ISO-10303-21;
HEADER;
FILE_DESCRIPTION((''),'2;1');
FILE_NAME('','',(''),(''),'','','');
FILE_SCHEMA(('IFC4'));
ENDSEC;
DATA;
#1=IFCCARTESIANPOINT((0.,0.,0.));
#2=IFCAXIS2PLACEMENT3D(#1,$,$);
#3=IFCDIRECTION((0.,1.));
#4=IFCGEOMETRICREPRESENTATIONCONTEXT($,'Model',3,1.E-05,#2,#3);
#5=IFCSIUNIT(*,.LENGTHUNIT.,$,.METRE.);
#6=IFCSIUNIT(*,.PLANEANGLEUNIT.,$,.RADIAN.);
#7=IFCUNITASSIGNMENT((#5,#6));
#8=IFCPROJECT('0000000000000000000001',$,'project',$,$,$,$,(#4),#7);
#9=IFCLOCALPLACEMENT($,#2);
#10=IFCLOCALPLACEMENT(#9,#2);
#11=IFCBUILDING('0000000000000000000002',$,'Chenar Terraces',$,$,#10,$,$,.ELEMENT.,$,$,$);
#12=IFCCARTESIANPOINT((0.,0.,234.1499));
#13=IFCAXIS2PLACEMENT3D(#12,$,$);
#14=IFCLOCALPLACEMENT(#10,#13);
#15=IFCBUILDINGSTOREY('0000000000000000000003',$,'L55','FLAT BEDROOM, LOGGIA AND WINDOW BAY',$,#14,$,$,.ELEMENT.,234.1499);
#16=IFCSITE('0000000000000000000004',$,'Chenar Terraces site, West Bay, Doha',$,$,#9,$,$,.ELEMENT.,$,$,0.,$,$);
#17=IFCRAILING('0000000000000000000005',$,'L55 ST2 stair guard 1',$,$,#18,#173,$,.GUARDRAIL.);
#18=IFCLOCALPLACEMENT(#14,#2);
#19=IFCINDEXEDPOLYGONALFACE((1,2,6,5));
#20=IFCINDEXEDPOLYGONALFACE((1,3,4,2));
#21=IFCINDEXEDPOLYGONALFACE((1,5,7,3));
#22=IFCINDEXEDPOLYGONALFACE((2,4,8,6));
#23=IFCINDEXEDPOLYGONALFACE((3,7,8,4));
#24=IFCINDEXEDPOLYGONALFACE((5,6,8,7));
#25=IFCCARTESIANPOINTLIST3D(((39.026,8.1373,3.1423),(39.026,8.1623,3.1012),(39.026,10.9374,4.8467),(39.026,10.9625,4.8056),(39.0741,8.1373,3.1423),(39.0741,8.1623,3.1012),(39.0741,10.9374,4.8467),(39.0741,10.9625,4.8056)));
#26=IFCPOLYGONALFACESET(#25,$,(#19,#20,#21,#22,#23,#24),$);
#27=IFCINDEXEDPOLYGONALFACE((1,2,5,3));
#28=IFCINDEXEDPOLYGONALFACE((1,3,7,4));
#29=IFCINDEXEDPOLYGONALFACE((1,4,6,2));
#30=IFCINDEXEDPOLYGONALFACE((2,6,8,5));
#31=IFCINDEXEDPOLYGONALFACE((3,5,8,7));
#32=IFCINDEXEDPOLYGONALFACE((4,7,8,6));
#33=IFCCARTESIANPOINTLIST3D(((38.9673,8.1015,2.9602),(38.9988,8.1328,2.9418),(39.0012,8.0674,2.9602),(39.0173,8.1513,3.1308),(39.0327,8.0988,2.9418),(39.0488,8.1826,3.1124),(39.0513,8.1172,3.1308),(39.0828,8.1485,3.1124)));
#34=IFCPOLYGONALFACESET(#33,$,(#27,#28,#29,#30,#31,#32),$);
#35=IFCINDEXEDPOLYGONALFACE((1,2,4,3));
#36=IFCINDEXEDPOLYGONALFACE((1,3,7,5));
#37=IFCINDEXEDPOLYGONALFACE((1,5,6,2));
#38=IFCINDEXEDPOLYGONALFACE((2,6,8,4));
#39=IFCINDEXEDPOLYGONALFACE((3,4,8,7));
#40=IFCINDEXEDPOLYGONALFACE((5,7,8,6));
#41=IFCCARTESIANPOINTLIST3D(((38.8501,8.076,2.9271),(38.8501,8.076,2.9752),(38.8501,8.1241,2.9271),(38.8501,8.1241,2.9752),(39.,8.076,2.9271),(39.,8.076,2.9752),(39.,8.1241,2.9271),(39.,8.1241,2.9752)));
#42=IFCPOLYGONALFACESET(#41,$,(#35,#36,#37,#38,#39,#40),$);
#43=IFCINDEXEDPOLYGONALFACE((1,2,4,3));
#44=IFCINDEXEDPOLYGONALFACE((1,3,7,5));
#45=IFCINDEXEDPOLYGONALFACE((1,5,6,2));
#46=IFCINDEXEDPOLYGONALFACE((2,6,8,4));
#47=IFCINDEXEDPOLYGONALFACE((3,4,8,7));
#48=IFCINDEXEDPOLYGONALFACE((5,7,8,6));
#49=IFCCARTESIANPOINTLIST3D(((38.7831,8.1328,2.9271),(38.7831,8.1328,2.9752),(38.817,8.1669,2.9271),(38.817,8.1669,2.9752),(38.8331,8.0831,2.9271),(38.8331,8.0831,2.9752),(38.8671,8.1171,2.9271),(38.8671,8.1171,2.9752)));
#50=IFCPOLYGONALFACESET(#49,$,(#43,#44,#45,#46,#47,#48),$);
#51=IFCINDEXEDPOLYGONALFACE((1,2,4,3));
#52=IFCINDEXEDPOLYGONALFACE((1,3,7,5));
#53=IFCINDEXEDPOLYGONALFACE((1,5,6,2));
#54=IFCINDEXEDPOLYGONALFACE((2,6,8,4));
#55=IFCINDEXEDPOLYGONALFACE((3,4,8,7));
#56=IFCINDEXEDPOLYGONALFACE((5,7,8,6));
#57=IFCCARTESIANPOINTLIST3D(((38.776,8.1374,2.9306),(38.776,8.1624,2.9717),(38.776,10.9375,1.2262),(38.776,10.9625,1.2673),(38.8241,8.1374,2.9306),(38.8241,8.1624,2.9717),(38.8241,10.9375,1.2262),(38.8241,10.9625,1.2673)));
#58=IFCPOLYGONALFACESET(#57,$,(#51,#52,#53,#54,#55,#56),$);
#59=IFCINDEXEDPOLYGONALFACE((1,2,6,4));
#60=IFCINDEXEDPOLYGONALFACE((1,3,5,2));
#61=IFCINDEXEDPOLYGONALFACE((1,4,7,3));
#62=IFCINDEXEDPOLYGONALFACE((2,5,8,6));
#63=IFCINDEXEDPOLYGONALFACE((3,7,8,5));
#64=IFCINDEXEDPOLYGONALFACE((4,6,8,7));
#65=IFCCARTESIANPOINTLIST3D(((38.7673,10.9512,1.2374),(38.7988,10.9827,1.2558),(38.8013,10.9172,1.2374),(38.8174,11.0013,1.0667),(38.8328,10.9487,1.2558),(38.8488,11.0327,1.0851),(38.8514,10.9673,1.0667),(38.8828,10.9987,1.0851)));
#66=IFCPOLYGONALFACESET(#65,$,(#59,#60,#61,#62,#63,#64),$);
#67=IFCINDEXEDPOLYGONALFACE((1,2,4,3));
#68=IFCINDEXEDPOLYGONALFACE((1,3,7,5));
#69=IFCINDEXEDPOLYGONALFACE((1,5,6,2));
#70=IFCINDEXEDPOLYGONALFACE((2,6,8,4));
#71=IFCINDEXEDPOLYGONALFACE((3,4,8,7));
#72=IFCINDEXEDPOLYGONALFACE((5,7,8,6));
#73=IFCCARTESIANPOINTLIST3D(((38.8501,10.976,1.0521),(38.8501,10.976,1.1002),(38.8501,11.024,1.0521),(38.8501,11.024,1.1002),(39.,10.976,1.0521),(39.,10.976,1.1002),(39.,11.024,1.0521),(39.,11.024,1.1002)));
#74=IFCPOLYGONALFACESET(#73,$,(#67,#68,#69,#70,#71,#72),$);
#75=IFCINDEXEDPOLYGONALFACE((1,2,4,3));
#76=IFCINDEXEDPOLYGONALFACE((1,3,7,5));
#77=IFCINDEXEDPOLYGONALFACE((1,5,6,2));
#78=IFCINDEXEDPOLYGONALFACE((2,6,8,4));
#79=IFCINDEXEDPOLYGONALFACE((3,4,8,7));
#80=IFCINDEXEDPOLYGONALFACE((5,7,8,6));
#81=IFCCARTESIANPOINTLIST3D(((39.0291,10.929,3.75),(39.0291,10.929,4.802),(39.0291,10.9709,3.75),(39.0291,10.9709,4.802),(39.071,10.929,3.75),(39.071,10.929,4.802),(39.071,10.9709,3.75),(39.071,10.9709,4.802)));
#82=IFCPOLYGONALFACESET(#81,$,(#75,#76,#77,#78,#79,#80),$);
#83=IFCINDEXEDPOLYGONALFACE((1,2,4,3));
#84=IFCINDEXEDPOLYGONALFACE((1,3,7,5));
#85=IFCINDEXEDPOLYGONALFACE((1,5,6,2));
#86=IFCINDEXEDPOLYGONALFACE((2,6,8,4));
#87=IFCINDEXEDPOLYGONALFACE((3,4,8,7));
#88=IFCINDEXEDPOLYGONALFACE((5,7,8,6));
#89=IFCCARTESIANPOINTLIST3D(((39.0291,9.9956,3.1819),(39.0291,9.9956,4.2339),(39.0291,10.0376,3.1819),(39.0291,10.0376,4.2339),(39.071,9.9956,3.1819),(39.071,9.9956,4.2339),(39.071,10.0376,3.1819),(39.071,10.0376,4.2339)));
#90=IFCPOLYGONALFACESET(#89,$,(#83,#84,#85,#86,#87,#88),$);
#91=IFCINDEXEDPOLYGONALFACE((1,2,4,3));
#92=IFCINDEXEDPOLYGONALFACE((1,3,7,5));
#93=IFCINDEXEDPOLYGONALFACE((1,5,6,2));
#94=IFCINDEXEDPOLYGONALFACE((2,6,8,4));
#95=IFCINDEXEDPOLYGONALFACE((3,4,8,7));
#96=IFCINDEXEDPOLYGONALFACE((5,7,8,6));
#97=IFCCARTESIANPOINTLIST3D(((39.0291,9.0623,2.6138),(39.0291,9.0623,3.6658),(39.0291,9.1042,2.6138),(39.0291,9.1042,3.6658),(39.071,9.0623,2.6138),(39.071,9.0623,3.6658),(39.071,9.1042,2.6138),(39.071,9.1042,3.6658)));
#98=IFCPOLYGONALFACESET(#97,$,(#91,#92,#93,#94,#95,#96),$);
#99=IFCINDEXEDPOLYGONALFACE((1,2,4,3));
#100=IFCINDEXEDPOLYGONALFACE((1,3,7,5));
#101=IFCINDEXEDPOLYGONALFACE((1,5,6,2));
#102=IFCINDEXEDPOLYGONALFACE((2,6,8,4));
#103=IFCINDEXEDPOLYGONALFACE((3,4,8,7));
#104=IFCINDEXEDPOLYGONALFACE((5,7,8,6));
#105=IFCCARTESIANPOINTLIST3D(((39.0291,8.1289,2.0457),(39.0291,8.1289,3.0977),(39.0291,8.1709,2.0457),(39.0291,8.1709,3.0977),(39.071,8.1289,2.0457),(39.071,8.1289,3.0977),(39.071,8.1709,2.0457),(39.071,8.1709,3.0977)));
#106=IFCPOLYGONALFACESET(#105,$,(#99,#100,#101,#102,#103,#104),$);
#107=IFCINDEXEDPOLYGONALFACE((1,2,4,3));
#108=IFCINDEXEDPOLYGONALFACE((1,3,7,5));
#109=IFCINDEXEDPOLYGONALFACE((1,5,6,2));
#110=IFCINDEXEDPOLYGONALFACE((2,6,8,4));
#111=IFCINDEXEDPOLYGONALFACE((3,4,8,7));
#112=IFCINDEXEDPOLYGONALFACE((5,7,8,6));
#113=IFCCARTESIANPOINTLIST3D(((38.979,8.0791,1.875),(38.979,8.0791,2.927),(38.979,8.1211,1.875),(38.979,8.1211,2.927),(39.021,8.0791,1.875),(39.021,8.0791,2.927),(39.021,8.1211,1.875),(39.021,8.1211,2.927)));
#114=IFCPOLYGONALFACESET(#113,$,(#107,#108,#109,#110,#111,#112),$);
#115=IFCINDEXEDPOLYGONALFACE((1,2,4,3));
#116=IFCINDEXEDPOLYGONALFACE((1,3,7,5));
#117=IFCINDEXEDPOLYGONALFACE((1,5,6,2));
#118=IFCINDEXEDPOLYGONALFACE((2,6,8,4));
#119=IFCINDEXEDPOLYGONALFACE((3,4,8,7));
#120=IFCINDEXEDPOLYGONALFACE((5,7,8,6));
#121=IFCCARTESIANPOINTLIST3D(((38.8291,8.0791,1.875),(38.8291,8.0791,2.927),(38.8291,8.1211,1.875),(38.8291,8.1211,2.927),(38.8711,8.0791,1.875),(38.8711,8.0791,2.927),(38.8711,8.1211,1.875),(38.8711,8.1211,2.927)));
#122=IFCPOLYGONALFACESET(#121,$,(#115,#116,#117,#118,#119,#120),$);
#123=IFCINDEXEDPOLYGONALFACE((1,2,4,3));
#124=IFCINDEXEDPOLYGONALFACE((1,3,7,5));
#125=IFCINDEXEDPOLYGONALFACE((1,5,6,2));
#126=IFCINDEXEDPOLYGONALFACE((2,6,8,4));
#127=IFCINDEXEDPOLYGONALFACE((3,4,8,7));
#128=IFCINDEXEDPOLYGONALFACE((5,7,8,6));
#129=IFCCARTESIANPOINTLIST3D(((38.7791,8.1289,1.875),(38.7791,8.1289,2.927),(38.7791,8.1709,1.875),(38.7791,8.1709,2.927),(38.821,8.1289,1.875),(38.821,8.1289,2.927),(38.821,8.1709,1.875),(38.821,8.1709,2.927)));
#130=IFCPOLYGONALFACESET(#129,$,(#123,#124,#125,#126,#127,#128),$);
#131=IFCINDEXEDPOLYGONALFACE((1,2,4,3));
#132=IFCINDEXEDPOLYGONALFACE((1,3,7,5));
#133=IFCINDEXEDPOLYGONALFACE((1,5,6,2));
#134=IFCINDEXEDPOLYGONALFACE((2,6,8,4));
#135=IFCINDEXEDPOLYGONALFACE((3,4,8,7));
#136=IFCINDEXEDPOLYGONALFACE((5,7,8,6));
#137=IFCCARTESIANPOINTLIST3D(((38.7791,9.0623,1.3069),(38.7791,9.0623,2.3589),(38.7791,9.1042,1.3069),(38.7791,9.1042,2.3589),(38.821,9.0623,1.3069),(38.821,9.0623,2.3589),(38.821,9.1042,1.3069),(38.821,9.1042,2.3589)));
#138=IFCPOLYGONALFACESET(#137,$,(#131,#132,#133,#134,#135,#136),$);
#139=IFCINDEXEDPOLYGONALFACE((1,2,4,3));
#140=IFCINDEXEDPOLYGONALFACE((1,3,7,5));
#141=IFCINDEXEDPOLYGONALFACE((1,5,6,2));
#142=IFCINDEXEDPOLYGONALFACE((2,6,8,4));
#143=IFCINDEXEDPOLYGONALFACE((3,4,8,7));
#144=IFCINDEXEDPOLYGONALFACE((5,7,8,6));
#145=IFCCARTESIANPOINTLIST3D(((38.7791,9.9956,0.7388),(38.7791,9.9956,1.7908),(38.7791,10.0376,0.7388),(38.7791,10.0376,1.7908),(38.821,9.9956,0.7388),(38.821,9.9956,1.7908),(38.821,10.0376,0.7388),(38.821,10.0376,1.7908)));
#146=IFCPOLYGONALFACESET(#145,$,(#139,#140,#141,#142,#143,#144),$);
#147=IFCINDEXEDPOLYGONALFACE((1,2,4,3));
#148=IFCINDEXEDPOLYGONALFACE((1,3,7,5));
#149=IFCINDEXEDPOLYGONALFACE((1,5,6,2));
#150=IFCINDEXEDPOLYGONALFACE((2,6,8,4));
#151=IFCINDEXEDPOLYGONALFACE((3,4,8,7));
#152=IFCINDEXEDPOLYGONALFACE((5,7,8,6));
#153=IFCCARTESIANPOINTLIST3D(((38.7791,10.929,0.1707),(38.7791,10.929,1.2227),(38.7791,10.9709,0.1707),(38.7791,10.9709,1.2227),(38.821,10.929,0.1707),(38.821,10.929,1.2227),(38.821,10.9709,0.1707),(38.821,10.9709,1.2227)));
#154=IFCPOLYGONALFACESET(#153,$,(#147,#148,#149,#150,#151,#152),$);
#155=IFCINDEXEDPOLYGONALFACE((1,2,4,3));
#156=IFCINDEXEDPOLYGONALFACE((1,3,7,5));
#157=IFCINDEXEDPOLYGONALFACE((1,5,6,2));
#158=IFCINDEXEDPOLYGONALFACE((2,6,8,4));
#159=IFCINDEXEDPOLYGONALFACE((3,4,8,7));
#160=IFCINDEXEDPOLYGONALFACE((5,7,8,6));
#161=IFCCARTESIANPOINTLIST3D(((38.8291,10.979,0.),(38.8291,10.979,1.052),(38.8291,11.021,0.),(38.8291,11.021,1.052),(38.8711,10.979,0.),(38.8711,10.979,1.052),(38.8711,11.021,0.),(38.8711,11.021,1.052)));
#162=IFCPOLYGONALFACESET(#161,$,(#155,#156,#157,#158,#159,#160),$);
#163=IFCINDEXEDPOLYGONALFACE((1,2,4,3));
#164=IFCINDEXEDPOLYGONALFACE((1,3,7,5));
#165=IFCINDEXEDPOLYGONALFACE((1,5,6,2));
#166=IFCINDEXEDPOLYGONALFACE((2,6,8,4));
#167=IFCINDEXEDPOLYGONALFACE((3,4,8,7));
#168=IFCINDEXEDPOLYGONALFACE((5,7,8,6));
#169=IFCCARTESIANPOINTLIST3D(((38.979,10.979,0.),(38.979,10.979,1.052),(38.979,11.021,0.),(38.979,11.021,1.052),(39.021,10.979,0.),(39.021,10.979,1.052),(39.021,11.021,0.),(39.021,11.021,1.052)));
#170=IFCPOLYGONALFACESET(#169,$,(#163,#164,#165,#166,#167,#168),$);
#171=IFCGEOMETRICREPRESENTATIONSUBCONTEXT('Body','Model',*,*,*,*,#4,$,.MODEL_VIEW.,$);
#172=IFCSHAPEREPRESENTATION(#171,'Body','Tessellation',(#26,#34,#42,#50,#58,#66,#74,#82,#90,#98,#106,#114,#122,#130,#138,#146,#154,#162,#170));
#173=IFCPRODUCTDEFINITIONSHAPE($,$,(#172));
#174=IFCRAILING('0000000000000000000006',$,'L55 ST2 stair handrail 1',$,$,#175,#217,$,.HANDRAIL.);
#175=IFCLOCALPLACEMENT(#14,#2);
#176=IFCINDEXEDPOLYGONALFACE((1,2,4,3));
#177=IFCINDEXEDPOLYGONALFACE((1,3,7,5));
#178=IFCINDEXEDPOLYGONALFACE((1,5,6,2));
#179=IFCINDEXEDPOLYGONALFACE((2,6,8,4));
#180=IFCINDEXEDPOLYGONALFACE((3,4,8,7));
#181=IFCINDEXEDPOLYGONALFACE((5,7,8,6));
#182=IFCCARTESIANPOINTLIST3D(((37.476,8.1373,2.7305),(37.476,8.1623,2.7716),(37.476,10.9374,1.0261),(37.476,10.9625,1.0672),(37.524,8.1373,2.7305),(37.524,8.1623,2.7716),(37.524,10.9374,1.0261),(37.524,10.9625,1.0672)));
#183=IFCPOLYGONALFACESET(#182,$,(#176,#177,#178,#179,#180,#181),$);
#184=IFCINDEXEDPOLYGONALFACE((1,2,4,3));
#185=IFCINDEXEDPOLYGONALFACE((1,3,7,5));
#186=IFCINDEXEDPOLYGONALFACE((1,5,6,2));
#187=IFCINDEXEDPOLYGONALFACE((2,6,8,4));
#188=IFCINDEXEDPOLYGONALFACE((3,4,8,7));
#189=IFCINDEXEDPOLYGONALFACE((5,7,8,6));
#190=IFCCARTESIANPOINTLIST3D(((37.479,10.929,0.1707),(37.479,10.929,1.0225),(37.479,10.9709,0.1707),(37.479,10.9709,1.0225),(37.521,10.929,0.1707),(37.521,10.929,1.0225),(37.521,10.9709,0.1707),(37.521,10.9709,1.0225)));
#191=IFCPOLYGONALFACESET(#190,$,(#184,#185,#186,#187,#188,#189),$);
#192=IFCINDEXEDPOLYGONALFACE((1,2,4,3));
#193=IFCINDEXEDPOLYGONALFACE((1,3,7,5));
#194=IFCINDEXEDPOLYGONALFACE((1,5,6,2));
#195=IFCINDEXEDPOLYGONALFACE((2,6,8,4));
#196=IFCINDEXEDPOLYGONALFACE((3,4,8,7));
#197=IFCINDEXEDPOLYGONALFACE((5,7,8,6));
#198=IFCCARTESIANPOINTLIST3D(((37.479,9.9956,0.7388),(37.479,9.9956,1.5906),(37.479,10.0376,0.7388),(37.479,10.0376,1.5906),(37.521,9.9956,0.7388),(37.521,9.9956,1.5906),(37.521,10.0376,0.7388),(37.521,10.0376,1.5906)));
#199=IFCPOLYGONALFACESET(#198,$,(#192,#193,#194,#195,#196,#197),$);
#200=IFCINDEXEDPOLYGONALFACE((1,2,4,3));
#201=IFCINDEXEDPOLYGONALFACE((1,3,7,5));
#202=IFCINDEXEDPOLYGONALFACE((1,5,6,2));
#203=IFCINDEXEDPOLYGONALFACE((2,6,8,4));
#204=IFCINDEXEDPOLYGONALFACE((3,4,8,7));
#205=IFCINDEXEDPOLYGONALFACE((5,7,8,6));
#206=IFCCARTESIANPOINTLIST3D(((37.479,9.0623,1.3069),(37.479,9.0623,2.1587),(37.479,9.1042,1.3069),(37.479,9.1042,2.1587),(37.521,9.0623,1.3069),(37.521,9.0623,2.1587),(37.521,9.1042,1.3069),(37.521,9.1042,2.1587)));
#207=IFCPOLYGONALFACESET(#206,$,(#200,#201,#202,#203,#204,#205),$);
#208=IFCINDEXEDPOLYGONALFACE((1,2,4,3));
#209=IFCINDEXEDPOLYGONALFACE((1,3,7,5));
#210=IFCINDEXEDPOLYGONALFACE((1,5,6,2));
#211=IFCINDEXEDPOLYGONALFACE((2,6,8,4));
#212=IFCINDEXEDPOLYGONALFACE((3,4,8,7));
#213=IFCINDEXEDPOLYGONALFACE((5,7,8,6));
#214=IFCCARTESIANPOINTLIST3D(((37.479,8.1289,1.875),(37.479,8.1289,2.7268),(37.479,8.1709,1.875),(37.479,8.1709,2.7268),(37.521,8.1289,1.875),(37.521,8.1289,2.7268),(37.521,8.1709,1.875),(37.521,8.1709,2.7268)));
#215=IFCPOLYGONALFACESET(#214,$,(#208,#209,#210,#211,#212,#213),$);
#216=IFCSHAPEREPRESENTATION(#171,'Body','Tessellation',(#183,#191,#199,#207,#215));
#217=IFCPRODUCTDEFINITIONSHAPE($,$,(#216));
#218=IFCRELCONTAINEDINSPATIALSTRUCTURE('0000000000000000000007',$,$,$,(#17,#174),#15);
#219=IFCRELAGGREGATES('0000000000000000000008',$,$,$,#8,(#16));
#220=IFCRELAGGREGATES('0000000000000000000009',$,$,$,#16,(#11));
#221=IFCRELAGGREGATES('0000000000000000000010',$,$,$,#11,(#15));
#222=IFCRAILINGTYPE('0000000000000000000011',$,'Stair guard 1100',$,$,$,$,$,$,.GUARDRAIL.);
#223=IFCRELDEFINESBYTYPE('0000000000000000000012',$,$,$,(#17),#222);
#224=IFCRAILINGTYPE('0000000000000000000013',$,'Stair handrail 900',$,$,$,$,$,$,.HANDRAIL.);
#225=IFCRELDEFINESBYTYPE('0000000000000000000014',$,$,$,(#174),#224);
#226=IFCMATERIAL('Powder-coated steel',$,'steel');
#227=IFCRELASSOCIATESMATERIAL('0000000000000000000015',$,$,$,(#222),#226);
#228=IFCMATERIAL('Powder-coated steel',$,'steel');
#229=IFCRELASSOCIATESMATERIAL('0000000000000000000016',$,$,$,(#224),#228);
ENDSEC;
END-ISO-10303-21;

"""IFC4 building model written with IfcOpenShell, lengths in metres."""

from ifc_helpers import new_model, si_unit, direction, frame, origin, origin_2d, place, context, subcontext, project, spatial, rectangle, extrude, material, type_object, element, save


model = new_model("IFC4")

# Units and contexts
model_context = context("Model", 3, precision=1e-05, world=origin(), true_north=direction((0.0, 1.0)))
body_context = subcontext(model_context, "Body", "Model", "MODEL_VIEW")
ifc_project = project(units=[si_unit("LENGTHUNIT", "METRE"), si_unit("PLANEANGLEUNIT", "RADIAN")], contexts=[model_context])

# Site, building, storey
site_placement = place(None, origin())
site = spatial("IfcSite", under=ifc_project, at=site_placement, Name="Chenar Terraces site, West Bay, Doha", CompositionType="ELEMENT", RefElevation=0.0)
building_placement = place(site_placement, origin())
building = spatial("IfcBuilding", under=site, at=building_placement, Name="Chenar Terraces", CompositionType="ELEMENT")
storey_placement = place(building_placement, frame((0.0, 0.0, 234.1499)))
storey = spatial("IfcBuildingStorey", under=building, at=storey_placement, Name="L55", Description="FLAT BEDROOM, LOGGIA AND WINDOW BAY", CompositionType="ELEMENT", Elevation=234.1499)

# Railings
ifc_material_1 = material(Name="Powder-coated steel", Category="steel")
railing_type_1 = type_object("IfcRailingType", Name="Stair guard 1100", PredefinedType="GUARDRAIL", material=ifc_material_1)
railing_1_placement = place(storey_placement, frame((39.05, 10.95, 3.75)))
element("IfcRailing", 1, at=railing_1_placement, inside=storey, type_object=railing_type_1, Name="L55 ST2 stair guard 1", PredefinedType="GUARDRAIL", context=body_context, shape_type="SweptSolid", body=[
    extrude(rectangle(XDim=0.0481, YDim=0.0481, at=origin_2d()), frame((0.0, 0.0, 1.0762), z_axis=(0.0, -0.854203, -0.51994), x_axis=(1.0, 0.0, 0.0)), (0.0, 0.0, 1.0), 3.2781),
    extrude(rectangle(XDim=0.0481, YDim=0.0481, at=origin_2d()), frame((0.0, -2.8, -0.6284), z_axis=(-0.270997, -0.269675, -0.924033), x_axis=(0.705376, -0.708834, 0.0)), (0.0, 0.0, 1.0), 0.1846),
    extrude(rectangle(XDim=0.0481, YDim=0.0481, at=origin_2d()), frame((-0.05, -2.8499, -0.7988), z_axis=(-1.0, 0.0, 0.0), x_axis=(0.0, -1.0, 0.0)), (0.0, 0.0, 1.0), 0.1499),
    extrude(rectangle(XDim=0.0481, YDim=0.0481, at=origin_2d()), frame((-0.2, -2.8499, -0.7988), z_axis=(-0.708834, 0.705376, 0.0), x_axis=(-0.705376, -0.708834, 0.0)), (0.0, 0.0, 1.0), 0.0706),
    extrude(rectangle(XDim=0.0481, YDim=0.0481, at=origin_2d()), frame((-0.25, -2.8, -0.7988), z_axis=(0.0, 0.854203, -0.51994), x_axis=(-1.0, 0.0, 0.0)), (0.0, 0.0, 1.0), 3.2781),
    extrude(rectangle(XDim=0.0481, YDim=0.0481, at=origin_2d()), frame((-0.25, 0.0, -2.5034), z_axis=(0.2709, 0.2709, -0.923703), x_axis=(-0.707107, 0.707107, 0.0)), (0.0, 0.0, 1.0), 0.1848),
    extrude(rectangle(XDim=0.0481, YDim=0.0481, at=origin_2d()), frame((-0.2, 0.05, -2.6738), z_axis=(1.0, 0.0, 0.0), x_axis=(0.0, 1.0, 0.0)), (0.0, 0.0, 1.0), 0.1499),
    extrude(rectangle(XDim=0.042, YDim=0.042, at=origin_2d()), origin(), (0.0, 0.0, 1.0), 1.052),
    extrude(rectangle(XDim=0.042, YDim=0.042, at=origin_2d()), frame((0.0, -0.9333, -0.5681)), (0.0, 0.0, 1.0), 1.052),
    extrude(rectangle(XDim=0.042, YDim=0.042, at=origin_2d()), frame((0.0, -1.8667, -1.1362)), (0.0, 0.0, 1.0), 1.052),
    extrude(rectangle(XDim=0.042, YDim=0.042, at=origin_2d()), frame((0.0, -2.8, -1.7043)), (0.0, 0.0, 1.0), 1.052),
    extrude(rectangle(XDim=0.042, YDim=0.042, at=origin_2d()), frame((-0.05, -2.8499, -1.875)), (0.0, 0.0, 1.0), 1.052),
    extrude(rectangle(XDim=0.042, YDim=0.042, at=origin_2d()), frame((-0.2, -2.8499, -1.875)), (0.0, 0.0, 1.0), 1.052),
    extrude(rectangle(XDim=0.042, YDim=0.042, at=origin_2d()), frame((-0.25, -2.8, -1.875)), (0.0, 0.0, 1.0), 1.052),
    extrude(rectangle(XDim=0.042, YDim=0.042, at=origin_2d()), frame((-0.25, -1.8667, -2.4431)), (0.0, 0.0, 1.0), 1.052),
    extrude(rectangle(XDim=0.042, YDim=0.042, at=origin_2d()), frame((-0.25, -0.9333, -3.0112)), (0.0, 0.0, 1.0), 1.052),
    extrude(rectangle(XDim=0.042, YDim=0.042, at=origin_2d()), frame((-0.25, 0.0, -3.5793)), (0.0, 0.0, 1.0), 1.052),
    extrude(rectangle(XDim=0.042, YDim=0.042, at=origin_2d()), frame((-0.2, 0.05, -3.75)), (0.0, 0.0, 1.0), 1.052),
    extrude(rectangle(XDim=0.042, YDim=0.042, at=origin_2d()), frame((-0.05, 0.05, -3.75)), (0.0, 0.0, 1.0), 1.052),
])
ifc_material_2 = material(Name="Powder-coated steel", Category="steel")
railing_type_2 = type_object("IfcRailingType", Name="Stair handrail 900", PredefinedType="HANDRAIL", material=ifc_material_2)
railing_2_placement = place(storey_placement, frame((37.5, 10.95, 0.1707)))
element("IfcRailing", 2, at=railing_2_placement, inside=storey, type_object=railing_type_2, Name="L55 ST2 stair handrail 1", PredefinedType="HANDRAIL", context=body_context, shape_type="SweptSolid", body=[
    extrude(rectangle(XDim=0.0481, YDim=0.0481, at=origin_2d()), frame((0.0, 0.0, 0.876), z_axis=(0.0, -0.854203, 0.51994), x_axis=(1.0, 0.0, 0.0)), (0.0, 0.0, 1.0), 3.2781),
    extrude(rectangle(XDim=0.042, YDim=0.042, at=origin_2d()), origin(), (0.0, 0.0, 1.0), 0.8518),
    extrude(rectangle(XDim=0.042, YDim=0.042, at=origin_2d()), frame((0.0, -0.9333, 0.5681)), (0.0, 0.0, 1.0), 0.8518),
    extrude(rectangle(XDim=0.042, YDim=0.042, at=origin_2d()), frame((0.0, -1.8667, 1.1362)), (0.0, 0.0, 1.0), 0.8518),
    extrude(rectangle(XDim=0.042, YDim=0.042, at=origin_2d()), frame((0.0, -2.8, 1.7043)), (0.0, 0.0, 1.0), 0.8518),
])

save(model, "model.ifc")
